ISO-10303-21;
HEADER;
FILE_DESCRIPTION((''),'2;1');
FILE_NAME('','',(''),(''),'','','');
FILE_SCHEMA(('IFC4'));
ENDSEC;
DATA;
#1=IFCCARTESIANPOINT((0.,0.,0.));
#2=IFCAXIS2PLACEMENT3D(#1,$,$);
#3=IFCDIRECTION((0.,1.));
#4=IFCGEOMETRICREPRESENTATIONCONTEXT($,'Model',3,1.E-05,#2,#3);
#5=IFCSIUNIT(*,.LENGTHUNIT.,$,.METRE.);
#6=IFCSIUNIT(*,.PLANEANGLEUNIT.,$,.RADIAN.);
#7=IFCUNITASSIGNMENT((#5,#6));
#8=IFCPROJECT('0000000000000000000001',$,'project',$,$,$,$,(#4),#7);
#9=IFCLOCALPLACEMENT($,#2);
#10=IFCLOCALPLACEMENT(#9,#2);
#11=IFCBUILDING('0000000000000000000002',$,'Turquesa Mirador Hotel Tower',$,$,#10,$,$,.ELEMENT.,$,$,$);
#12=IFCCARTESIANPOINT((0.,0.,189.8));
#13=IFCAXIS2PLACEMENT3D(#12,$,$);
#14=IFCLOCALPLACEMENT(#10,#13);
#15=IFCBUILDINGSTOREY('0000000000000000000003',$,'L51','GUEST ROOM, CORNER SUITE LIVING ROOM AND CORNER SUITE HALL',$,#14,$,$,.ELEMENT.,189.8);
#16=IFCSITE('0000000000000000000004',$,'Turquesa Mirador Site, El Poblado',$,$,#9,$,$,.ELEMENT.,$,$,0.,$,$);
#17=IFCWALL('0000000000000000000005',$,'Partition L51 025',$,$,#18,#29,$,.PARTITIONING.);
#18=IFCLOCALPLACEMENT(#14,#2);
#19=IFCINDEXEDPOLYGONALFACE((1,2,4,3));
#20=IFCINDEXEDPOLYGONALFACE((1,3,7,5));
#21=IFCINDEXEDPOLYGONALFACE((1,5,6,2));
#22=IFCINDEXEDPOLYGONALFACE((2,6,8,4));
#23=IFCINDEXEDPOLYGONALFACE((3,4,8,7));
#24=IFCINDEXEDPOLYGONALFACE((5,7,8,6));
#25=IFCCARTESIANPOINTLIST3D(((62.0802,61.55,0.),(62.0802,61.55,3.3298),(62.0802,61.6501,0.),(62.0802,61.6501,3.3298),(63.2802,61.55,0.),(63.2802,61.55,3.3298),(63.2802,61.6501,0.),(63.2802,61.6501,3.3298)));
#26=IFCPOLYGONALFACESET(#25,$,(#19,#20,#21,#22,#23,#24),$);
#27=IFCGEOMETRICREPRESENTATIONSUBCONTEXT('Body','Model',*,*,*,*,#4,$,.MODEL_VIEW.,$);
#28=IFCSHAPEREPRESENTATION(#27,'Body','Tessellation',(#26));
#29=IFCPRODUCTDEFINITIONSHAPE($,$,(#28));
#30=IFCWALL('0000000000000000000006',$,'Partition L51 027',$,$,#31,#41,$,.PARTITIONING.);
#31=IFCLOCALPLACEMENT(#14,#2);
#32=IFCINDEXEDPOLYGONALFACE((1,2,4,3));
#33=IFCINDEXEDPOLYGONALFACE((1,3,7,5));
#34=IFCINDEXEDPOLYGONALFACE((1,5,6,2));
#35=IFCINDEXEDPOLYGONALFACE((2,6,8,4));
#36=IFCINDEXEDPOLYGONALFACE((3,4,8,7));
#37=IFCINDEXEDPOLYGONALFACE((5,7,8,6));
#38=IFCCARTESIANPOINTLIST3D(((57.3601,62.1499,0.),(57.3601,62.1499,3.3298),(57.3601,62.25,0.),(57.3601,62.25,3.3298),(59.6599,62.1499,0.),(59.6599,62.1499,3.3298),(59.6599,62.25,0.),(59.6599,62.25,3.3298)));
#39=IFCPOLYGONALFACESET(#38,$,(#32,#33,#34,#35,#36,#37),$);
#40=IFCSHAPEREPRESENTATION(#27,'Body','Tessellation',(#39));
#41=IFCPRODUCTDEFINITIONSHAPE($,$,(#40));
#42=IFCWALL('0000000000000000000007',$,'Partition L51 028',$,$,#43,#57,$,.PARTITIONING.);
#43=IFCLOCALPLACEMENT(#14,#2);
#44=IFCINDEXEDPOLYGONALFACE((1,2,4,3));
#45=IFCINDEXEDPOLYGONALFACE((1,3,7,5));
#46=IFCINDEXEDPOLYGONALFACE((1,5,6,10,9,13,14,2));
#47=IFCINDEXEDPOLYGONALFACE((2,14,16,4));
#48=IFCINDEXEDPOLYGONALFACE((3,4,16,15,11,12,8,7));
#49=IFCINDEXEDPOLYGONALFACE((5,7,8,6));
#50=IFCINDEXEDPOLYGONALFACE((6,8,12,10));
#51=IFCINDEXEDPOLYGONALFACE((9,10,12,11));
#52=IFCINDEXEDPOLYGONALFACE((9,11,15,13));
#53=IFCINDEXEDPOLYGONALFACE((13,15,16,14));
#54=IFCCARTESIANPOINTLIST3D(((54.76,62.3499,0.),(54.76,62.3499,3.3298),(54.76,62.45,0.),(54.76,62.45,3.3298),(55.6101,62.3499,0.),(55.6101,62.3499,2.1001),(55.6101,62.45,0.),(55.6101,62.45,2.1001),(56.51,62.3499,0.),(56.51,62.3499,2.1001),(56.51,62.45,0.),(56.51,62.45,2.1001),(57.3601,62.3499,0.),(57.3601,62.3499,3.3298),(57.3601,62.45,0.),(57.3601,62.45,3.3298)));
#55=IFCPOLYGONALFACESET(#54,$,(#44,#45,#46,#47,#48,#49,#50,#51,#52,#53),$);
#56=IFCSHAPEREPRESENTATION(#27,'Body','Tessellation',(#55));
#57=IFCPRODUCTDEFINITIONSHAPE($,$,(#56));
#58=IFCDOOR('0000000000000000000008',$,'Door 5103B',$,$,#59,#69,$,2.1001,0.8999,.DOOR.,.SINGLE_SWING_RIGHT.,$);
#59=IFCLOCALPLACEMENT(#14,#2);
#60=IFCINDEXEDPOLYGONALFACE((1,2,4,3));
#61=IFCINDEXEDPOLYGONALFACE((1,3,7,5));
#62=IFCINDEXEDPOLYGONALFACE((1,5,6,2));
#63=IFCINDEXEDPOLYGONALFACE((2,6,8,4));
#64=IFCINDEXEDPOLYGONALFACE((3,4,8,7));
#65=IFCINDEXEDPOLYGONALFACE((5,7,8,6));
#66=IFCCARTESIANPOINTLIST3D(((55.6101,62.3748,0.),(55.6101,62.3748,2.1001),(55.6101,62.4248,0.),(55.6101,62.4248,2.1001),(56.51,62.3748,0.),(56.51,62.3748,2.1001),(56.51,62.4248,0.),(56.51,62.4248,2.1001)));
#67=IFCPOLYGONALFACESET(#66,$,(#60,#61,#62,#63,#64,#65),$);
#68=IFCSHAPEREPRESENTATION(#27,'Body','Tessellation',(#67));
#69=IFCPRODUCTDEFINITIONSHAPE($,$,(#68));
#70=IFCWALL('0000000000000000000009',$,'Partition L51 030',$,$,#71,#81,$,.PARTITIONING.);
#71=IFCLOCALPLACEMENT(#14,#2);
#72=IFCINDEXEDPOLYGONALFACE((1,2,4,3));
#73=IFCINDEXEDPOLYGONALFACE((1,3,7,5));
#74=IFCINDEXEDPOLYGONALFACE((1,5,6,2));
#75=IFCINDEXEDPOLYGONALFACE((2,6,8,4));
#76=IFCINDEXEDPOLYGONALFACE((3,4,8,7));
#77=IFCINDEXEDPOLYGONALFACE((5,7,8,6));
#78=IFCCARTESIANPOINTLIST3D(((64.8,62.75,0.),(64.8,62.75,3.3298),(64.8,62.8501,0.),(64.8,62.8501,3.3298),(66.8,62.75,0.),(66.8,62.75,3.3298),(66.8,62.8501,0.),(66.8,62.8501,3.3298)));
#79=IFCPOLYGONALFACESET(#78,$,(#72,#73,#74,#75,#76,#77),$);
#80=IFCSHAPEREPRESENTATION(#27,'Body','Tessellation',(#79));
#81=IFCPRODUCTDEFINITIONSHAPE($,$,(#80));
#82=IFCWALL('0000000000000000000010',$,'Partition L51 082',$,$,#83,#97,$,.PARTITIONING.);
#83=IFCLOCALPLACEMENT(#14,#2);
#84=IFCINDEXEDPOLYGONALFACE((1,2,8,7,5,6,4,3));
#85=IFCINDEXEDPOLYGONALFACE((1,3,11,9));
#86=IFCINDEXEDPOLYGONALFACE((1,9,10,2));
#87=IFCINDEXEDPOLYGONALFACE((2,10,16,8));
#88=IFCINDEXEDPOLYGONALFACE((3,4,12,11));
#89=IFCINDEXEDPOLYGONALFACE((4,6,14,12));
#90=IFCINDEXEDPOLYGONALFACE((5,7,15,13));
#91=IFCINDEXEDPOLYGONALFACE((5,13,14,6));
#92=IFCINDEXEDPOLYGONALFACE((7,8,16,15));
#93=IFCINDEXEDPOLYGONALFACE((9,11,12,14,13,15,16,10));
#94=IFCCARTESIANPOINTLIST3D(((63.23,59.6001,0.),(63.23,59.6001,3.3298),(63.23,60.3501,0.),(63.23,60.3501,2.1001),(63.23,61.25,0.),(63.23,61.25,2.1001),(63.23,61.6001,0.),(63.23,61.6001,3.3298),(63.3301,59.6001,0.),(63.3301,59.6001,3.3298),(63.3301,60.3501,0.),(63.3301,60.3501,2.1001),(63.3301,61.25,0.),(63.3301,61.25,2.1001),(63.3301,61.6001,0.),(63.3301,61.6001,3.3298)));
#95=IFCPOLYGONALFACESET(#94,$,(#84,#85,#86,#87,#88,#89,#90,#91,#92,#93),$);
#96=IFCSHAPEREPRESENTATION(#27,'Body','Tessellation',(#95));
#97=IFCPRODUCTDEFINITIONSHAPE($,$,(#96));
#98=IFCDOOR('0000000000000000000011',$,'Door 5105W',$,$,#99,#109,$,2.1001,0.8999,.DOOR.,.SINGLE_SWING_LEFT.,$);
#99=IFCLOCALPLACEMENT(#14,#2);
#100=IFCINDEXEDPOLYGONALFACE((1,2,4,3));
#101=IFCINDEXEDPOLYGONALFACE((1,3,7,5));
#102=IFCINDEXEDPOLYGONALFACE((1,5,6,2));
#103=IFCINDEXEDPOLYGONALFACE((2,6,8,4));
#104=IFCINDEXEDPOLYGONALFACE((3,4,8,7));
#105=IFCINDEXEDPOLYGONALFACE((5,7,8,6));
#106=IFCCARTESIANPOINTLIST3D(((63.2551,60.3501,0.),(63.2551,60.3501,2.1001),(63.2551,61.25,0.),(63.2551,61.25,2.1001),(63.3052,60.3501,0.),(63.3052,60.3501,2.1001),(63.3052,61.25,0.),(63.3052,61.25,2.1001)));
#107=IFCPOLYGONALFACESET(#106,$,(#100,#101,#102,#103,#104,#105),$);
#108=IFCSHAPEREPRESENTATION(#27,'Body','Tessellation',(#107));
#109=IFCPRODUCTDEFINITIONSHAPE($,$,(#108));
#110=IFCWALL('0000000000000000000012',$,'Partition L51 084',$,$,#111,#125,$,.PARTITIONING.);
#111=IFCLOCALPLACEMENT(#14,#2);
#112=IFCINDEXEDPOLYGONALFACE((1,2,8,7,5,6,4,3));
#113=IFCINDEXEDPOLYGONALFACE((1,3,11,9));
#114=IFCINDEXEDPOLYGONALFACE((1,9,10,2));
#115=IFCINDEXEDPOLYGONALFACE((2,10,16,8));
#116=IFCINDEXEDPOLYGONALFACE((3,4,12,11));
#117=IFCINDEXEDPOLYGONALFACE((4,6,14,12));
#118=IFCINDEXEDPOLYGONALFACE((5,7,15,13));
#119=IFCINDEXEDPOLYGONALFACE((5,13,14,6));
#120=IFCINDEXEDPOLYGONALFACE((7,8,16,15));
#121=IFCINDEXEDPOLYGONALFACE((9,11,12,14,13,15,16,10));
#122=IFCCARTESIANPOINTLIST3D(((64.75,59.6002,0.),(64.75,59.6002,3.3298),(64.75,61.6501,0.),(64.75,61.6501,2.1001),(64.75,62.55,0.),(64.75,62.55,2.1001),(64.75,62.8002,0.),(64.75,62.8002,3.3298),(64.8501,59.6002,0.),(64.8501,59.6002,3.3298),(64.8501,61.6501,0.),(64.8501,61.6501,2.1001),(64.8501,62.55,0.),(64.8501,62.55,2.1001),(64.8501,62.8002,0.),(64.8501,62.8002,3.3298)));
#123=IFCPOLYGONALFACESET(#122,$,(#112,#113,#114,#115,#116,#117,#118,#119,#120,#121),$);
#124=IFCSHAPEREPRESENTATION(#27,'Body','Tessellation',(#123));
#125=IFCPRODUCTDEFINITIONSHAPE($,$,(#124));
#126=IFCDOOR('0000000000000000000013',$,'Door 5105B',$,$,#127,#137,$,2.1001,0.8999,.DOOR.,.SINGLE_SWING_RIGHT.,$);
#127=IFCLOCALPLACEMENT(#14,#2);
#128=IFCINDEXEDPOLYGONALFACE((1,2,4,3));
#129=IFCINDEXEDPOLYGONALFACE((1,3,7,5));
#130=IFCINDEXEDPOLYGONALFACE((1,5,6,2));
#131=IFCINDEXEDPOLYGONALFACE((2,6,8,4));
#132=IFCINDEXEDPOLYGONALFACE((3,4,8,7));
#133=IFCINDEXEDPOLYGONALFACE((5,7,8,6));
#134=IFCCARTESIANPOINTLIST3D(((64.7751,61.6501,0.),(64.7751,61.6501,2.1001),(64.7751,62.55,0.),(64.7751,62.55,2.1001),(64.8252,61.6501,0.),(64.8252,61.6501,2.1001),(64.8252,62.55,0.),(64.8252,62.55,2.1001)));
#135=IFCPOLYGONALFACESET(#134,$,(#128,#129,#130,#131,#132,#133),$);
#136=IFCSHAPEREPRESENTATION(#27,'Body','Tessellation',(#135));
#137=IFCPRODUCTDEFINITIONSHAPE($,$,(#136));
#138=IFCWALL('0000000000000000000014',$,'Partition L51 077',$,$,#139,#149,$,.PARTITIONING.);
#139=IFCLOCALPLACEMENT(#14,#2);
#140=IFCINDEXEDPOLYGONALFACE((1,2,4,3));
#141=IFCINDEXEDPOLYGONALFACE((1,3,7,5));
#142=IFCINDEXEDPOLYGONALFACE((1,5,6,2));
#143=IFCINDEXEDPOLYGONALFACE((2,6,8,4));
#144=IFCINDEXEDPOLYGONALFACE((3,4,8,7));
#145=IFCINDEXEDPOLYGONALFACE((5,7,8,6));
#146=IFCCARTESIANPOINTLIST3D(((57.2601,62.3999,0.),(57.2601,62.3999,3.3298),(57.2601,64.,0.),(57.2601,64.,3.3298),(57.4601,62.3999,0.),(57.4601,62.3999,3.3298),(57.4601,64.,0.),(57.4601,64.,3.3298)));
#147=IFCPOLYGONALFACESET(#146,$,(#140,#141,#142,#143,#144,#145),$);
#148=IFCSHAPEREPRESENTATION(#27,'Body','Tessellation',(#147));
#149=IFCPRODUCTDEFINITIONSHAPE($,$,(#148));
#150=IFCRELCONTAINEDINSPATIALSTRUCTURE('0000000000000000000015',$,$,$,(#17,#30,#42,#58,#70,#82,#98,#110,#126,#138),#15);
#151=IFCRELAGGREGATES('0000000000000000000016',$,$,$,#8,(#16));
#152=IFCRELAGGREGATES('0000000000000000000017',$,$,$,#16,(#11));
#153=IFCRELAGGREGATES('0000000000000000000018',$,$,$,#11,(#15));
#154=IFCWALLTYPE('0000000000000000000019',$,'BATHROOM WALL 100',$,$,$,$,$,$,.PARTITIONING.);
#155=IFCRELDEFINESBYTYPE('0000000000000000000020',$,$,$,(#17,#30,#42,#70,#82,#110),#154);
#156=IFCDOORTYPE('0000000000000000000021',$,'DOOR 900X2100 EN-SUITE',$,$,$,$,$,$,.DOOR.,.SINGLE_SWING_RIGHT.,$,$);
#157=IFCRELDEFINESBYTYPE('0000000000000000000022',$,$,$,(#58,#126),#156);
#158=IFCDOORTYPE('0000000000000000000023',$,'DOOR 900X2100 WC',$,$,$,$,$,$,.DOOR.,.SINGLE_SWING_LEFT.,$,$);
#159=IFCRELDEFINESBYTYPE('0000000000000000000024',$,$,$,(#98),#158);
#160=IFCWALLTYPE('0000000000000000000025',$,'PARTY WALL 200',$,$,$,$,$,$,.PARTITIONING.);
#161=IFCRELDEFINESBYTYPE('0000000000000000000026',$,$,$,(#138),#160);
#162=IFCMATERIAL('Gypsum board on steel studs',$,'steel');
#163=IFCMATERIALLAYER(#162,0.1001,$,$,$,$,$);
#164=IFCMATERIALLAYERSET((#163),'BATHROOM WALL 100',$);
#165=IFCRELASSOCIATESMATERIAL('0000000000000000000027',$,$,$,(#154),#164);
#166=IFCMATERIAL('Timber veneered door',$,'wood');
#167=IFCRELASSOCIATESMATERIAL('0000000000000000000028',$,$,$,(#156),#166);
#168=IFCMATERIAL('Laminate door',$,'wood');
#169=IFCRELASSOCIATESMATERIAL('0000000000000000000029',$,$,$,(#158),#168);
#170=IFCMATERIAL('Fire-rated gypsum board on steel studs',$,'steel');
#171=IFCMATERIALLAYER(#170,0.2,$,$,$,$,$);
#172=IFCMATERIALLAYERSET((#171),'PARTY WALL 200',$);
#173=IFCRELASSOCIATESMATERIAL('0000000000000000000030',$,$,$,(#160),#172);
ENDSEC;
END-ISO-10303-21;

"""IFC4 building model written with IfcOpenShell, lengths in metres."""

from ifc_helpers import new_model, si_unit, direction, frame, frame_2d, origin, place, context, subcontext, project, spatial, rectangle, extrude, material, layer, layer_set, type_object, element, fill, save


model = new_model("IFC4")

# Units and contexts
model_context = context("Model", 3, precision=1e-05, world=origin(), true_north=direction((0.0, 1.0)))
body_context = subcontext(model_context, "Body", "Model", "MODEL_VIEW")
ifc_project = project(units=[si_unit("LENGTHUNIT", "METRE"), si_unit("PLANEANGLEUNIT", "RADIAN")], contexts=[model_context])

# Site, building, storey
site_placement = place(None, origin())
site = spatial("IfcSite", under=ifc_project, at=site_placement, Name="Turquesa Mirador Site, El Poblado", CompositionType="ELEMENT", RefElevation=0.0)
building_placement = place(site_placement, origin())
building = spatial("IfcBuilding", under=site, at=building_placement, Name="Turquesa Mirador Hotel Tower", CompositionType="ELEMENT")
storey_placement = place(building_placement, frame((0.0, 0.0, 189.8)))
storey = spatial("IfcBuildingStorey", under=building, at=storey_placement, Name="L51", Description="GUEST ROOM, CORNER SUITE LIVING ROOM AND CORNER SUITE HALL", CompositionType="ELEMENT", Elevation=189.8)

# Walls
ifc_material_1 = material(Name="Gypsum board on steel studs", Category="steel")
ifc_layer_1 = layer(ifc_material_1, 0.1001)
ifc_layer_set_1 = layer_set([ifc_layer_1], Name="BATHROOM WALL 100")
wall_type_1 = type_object("IfcWallType", Name="BATHROOM WALL 100", PredefinedType="PARTITIONING", material=ifc_layer_set_1)
wall_1_placement = place(storey_placement, frame((62.0801, 61.6001, 0.0), z_axis=(0.0, 0.0, 1.0), x_axis=(1.0, 0.0, 0.0)))
element("IfcWall", 1, at=wall_1_placement, inside=storey, type_object=wall_type_1, Name="Partition L51 025", PredefinedType="PARTITIONING", context=body_context, shape_type="SweptSolid", body=[
    extrude(rectangle(XDim=1.2, YDim=0.1001, at=frame_2d((0.6001, 0.0))), origin(), (0.0, 0.0, 1.0), 3.3298),
])
wall_2_placement = place(storey_placement, frame((57.3601, 62.2, 0.0), z_axis=(0.0, 0.0, 1.0), x_axis=(1.0, 0.0, 0.0)))
element("IfcWall", 2, at=wall_2_placement, inside=storey, type_object=wall_type_1, Name="Partition L51 027", PredefinedType="PARTITIONING", context=body_context, shape_type="SweptSolid", body=[
    extrude(rectangle(XDim=2.2998, YDim=0.1001, at=frame_2d((1.1499, 0.0))), origin(), (0.0, 0.0, 1.0), 3.3298),
])

# Wall, opening, door
wall_3_placement = place(storey_placement, frame((54.76, 62.3999, 0.0), z_axis=(0.0, 0.0, 1.0), x_axis=(1.0, 0.0, 0.0)))
wall_3 = element("IfcWall", 3, at=wall_3_placement, inside=storey, type_object=wall_type_1, Name="Partition L51 028", PredefinedType="PARTITIONING", context=body_context, shape_type="SweptSolid", body=[
    extrude(rectangle(XDim=2.6001, YDim=0.1001, at=frame_2d((1.3, 0.0))), origin(), (0.0, 0.0, 1.0), 3.3298),
])
opening_1_placement = place(wall_3_placement, frame((0.8501, 0.0, 0.0)))
opening_1 = element("IfcOpeningElement", 4, at=opening_1_placement, cuts=wall_3, PredefinedType="OPENING", context=body_context, shape_type="SweptSolid", body=[
    extrude(rectangle(XDim=0.8999, YDim=2.1001, at=frame_2d((0.45, 1.05))), frame((0.0, 0.0601, 0.0), z_axis=(0.0, -1.0, 0.0), x_axis=(1.0, 0.0, 0.0)), (0.0, 0.0, 1.0), 0.1201),
])
ifc_material_2 = material(Name="Timber veneered door", Category="wood")
door_type_1 = type_object("IfcDoorType", Name="DOOR 900X2100 EN-SUITE", OperationType="SINGLE_SWING_RIGHT", PredefinedType="DOOR", material=ifc_material_2)
door_1_placement = place(opening_1_placement, origin())
door_1 = element("IfcDoor", 5, at=door_1_placement, inside=storey, type_object=door_type_1, Name="Door 5103B", OperationType="SINGLE_SWING_RIGHT", OverallHeight=2.1001, OverallWidth=0.8999, PredefinedType="DOOR", context=body_context, shape_type="SweptSolid", body=[
    extrude(rectangle(XDim=0.8999, YDim=2.1001, at=frame_2d((0.45, 1.05))), frame((0.0, 0.0249, 0.0), z_axis=(0.0, -1.0, 0.0), x_axis=(1.0, 0.0, 0.0)), (0.0, 0.0, 1.0), 0.05),
])
fill(opening_1, door_1)

# Wall
wall_4_placement = place(storey_placement, frame((64.8, 62.8, 0.0), z_axis=(0.0, 0.0, 1.0), x_axis=(1.0, 0.0, 0.0)))
element("IfcWall", 6, at=wall_4_placement, inside=storey, type_object=wall_type_1, Name="Partition L51 030", PredefinedType="PARTITIONING", context=body_context, shape_type="SweptSolid", body=[
    extrude(rectangle(XDim=2.0, YDim=0.1001, at=frame_2d((1.0, 0.0))), origin(), (0.0, 0.0, 1.0), 3.3298),
])

# Walls, openings, doors
wall_5_placement = place(storey_placement, frame((63.28, 59.6001, 0.0), z_axis=(0.0, 0.0, 1.0), x_axis=(0.0, 1.0, 0.0)))
wall_5 = element("IfcWall", 7, at=wall_5_placement, inside=storey, type_object=wall_type_1, Name="Partition L51 082", PredefinedType="PARTITIONING", context=body_context, shape_type="SweptSolid", body=[
    extrude(rectangle(XDim=2.0, YDim=0.1001, at=frame_2d((1.0, 0.0))), origin(), (0.0, 0.0, 1.0), 3.3298),
])
opening_2_placement = place(wall_5_placement, frame((0.75, 0.0, 0.0)))
opening_2 = element("IfcOpeningElement", 8, at=opening_2_placement, cuts=wall_5, PredefinedType="OPENING", context=body_context, shape_type="SweptSolid", body=[
    extrude(rectangle(XDim=0.8999, YDim=2.1001, at=frame_2d((0.45, 1.05))), frame((0.0, 0.0601, 0.0), z_axis=(0.0, -1.0, 0.0), x_axis=(1.0, 0.0, 0.0)), (0.0, 0.0, 1.0), 0.1201),
])
ifc_material_3 = material(Name="Laminate door", Category="wood")
door_type_2 = type_object("IfcDoorType", Name="DOOR 900X2100 WC", OperationType="SINGLE_SWING_LEFT", PredefinedType="DOOR", material=ifc_material_3)
door_2_placement = place(opening_2_placement, origin())
door_2 = element("IfcDoor", 9, at=door_2_placement, inside=storey, type_object=door_type_2, Name="Door 5105W", OperationType="SINGLE_SWING_LEFT", OverallHeight=2.1001, OverallWidth=0.8999, PredefinedType="DOOR", context=body_context, shape_type="SweptSolid", body=[
    extrude(rectangle(XDim=0.8999, YDim=2.1001, at=frame_2d((0.45, 1.05))), frame((0.0, 0.0249, 0.0), z_axis=(0.0, -1.0, 0.0), x_axis=(1.0, 0.0, 0.0)), (0.0, 0.0, 1.0), 0.05),
])
fill(opening_2, door_2)
wall_6_placement = place(storey_placement, frame((64.8, 59.6001, 0.0), z_axis=(0.0, 0.0, 1.0), x_axis=(0.0, 1.0, 0.0)))
wall_6 = element("IfcWall", 10, at=wall_6_placement, inside=storey, type_object=wall_type_1, Name="Partition L51 084", PredefinedType="PARTITIONING", context=body_context, shape_type="SweptSolid", body=[
    extrude(rectangle(XDim=3.2, YDim=0.1001, at=frame_2d((1.6001, 0.0))), origin(), (0.0, 0.0, 1.0), 3.3298),
])
opening_3_placement = place(wall_6_placement, frame((2.05, 0.0, 0.0)))
opening_3 = element("IfcOpeningElement", 11, at=opening_3_placement, cuts=wall_6, PredefinedType="OPENING", context=body_context, shape_type="SweptSolid", body=[
    extrude(rectangle(XDim=0.8999, YDim=2.1001, at=frame_2d((0.45, 1.05))), frame((0.0, 0.0601, 0.0), z_axis=(0.0, -1.0, 0.0), x_axis=(1.0, 0.0, 0.0)), (0.0, 0.0, 1.0), 0.1201),
])
door_3_placement = place(opening_3_placement, origin())
door_3 = element("IfcDoor", 12, at=door_3_placement, inside=storey, type_object=door_type_1, Name="Door 5105B", OperationType="SINGLE_SWING_RIGHT", OverallHeight=2.1001, OverallWidth=0.8999, PredefinedType="DOOR", context=body_context, shape_type="SweptSolid", body=[
    extrude(rectangle(XDim=0.8999, YDim=2.1001, at=frame_2d((0.45, 1.05))), frame((0.0, 0.0249, 0.0), z_axis=(0.0, -1.0, 0.0), x_axis=(1.0, 0.0, 0.0)), (0.0, 0.0, 1.0), 0.05),
])
fill(opening_3, door_3)

# Wall
ifc_material_4 = material(Name="Fire-rated gypsum board on steel studs", Category="steel")
ifc_layer_2 = layer(ifc_material_4, 0.2)
ifc_layer_set_2 = layer_set([ifc_layer_2], Name="PARTY WALL 200")
wall_type_2 = type_object("IfcWallType", Name="PARTY WALL 200", PredefinedType="PARTITIONING", material=ifc_layer_set_2)
wall_7_placement = place(storey_placement, frame((57.3601, 62.3999, 0.0), z_axis=(0.0, 0.0, 1.0), x_axis=(0.0, 1.0, 0.0)))
element("IfcWall", 13, at=wall_7_placement, inside=storey, type_object=wall_type_2, Name="Partition L51 077", PredefinedType="PARTITIONING", context=body_context, shape_type="SweptSolid", body=[
    extrude(rectangle(XDim=1.6001, YDim=0.2, at=frame_2d((0.8, 0.0))), origin(), (0.0, 0.0, 1.0), 3.3298),
])

save(model, "model.ifc")
